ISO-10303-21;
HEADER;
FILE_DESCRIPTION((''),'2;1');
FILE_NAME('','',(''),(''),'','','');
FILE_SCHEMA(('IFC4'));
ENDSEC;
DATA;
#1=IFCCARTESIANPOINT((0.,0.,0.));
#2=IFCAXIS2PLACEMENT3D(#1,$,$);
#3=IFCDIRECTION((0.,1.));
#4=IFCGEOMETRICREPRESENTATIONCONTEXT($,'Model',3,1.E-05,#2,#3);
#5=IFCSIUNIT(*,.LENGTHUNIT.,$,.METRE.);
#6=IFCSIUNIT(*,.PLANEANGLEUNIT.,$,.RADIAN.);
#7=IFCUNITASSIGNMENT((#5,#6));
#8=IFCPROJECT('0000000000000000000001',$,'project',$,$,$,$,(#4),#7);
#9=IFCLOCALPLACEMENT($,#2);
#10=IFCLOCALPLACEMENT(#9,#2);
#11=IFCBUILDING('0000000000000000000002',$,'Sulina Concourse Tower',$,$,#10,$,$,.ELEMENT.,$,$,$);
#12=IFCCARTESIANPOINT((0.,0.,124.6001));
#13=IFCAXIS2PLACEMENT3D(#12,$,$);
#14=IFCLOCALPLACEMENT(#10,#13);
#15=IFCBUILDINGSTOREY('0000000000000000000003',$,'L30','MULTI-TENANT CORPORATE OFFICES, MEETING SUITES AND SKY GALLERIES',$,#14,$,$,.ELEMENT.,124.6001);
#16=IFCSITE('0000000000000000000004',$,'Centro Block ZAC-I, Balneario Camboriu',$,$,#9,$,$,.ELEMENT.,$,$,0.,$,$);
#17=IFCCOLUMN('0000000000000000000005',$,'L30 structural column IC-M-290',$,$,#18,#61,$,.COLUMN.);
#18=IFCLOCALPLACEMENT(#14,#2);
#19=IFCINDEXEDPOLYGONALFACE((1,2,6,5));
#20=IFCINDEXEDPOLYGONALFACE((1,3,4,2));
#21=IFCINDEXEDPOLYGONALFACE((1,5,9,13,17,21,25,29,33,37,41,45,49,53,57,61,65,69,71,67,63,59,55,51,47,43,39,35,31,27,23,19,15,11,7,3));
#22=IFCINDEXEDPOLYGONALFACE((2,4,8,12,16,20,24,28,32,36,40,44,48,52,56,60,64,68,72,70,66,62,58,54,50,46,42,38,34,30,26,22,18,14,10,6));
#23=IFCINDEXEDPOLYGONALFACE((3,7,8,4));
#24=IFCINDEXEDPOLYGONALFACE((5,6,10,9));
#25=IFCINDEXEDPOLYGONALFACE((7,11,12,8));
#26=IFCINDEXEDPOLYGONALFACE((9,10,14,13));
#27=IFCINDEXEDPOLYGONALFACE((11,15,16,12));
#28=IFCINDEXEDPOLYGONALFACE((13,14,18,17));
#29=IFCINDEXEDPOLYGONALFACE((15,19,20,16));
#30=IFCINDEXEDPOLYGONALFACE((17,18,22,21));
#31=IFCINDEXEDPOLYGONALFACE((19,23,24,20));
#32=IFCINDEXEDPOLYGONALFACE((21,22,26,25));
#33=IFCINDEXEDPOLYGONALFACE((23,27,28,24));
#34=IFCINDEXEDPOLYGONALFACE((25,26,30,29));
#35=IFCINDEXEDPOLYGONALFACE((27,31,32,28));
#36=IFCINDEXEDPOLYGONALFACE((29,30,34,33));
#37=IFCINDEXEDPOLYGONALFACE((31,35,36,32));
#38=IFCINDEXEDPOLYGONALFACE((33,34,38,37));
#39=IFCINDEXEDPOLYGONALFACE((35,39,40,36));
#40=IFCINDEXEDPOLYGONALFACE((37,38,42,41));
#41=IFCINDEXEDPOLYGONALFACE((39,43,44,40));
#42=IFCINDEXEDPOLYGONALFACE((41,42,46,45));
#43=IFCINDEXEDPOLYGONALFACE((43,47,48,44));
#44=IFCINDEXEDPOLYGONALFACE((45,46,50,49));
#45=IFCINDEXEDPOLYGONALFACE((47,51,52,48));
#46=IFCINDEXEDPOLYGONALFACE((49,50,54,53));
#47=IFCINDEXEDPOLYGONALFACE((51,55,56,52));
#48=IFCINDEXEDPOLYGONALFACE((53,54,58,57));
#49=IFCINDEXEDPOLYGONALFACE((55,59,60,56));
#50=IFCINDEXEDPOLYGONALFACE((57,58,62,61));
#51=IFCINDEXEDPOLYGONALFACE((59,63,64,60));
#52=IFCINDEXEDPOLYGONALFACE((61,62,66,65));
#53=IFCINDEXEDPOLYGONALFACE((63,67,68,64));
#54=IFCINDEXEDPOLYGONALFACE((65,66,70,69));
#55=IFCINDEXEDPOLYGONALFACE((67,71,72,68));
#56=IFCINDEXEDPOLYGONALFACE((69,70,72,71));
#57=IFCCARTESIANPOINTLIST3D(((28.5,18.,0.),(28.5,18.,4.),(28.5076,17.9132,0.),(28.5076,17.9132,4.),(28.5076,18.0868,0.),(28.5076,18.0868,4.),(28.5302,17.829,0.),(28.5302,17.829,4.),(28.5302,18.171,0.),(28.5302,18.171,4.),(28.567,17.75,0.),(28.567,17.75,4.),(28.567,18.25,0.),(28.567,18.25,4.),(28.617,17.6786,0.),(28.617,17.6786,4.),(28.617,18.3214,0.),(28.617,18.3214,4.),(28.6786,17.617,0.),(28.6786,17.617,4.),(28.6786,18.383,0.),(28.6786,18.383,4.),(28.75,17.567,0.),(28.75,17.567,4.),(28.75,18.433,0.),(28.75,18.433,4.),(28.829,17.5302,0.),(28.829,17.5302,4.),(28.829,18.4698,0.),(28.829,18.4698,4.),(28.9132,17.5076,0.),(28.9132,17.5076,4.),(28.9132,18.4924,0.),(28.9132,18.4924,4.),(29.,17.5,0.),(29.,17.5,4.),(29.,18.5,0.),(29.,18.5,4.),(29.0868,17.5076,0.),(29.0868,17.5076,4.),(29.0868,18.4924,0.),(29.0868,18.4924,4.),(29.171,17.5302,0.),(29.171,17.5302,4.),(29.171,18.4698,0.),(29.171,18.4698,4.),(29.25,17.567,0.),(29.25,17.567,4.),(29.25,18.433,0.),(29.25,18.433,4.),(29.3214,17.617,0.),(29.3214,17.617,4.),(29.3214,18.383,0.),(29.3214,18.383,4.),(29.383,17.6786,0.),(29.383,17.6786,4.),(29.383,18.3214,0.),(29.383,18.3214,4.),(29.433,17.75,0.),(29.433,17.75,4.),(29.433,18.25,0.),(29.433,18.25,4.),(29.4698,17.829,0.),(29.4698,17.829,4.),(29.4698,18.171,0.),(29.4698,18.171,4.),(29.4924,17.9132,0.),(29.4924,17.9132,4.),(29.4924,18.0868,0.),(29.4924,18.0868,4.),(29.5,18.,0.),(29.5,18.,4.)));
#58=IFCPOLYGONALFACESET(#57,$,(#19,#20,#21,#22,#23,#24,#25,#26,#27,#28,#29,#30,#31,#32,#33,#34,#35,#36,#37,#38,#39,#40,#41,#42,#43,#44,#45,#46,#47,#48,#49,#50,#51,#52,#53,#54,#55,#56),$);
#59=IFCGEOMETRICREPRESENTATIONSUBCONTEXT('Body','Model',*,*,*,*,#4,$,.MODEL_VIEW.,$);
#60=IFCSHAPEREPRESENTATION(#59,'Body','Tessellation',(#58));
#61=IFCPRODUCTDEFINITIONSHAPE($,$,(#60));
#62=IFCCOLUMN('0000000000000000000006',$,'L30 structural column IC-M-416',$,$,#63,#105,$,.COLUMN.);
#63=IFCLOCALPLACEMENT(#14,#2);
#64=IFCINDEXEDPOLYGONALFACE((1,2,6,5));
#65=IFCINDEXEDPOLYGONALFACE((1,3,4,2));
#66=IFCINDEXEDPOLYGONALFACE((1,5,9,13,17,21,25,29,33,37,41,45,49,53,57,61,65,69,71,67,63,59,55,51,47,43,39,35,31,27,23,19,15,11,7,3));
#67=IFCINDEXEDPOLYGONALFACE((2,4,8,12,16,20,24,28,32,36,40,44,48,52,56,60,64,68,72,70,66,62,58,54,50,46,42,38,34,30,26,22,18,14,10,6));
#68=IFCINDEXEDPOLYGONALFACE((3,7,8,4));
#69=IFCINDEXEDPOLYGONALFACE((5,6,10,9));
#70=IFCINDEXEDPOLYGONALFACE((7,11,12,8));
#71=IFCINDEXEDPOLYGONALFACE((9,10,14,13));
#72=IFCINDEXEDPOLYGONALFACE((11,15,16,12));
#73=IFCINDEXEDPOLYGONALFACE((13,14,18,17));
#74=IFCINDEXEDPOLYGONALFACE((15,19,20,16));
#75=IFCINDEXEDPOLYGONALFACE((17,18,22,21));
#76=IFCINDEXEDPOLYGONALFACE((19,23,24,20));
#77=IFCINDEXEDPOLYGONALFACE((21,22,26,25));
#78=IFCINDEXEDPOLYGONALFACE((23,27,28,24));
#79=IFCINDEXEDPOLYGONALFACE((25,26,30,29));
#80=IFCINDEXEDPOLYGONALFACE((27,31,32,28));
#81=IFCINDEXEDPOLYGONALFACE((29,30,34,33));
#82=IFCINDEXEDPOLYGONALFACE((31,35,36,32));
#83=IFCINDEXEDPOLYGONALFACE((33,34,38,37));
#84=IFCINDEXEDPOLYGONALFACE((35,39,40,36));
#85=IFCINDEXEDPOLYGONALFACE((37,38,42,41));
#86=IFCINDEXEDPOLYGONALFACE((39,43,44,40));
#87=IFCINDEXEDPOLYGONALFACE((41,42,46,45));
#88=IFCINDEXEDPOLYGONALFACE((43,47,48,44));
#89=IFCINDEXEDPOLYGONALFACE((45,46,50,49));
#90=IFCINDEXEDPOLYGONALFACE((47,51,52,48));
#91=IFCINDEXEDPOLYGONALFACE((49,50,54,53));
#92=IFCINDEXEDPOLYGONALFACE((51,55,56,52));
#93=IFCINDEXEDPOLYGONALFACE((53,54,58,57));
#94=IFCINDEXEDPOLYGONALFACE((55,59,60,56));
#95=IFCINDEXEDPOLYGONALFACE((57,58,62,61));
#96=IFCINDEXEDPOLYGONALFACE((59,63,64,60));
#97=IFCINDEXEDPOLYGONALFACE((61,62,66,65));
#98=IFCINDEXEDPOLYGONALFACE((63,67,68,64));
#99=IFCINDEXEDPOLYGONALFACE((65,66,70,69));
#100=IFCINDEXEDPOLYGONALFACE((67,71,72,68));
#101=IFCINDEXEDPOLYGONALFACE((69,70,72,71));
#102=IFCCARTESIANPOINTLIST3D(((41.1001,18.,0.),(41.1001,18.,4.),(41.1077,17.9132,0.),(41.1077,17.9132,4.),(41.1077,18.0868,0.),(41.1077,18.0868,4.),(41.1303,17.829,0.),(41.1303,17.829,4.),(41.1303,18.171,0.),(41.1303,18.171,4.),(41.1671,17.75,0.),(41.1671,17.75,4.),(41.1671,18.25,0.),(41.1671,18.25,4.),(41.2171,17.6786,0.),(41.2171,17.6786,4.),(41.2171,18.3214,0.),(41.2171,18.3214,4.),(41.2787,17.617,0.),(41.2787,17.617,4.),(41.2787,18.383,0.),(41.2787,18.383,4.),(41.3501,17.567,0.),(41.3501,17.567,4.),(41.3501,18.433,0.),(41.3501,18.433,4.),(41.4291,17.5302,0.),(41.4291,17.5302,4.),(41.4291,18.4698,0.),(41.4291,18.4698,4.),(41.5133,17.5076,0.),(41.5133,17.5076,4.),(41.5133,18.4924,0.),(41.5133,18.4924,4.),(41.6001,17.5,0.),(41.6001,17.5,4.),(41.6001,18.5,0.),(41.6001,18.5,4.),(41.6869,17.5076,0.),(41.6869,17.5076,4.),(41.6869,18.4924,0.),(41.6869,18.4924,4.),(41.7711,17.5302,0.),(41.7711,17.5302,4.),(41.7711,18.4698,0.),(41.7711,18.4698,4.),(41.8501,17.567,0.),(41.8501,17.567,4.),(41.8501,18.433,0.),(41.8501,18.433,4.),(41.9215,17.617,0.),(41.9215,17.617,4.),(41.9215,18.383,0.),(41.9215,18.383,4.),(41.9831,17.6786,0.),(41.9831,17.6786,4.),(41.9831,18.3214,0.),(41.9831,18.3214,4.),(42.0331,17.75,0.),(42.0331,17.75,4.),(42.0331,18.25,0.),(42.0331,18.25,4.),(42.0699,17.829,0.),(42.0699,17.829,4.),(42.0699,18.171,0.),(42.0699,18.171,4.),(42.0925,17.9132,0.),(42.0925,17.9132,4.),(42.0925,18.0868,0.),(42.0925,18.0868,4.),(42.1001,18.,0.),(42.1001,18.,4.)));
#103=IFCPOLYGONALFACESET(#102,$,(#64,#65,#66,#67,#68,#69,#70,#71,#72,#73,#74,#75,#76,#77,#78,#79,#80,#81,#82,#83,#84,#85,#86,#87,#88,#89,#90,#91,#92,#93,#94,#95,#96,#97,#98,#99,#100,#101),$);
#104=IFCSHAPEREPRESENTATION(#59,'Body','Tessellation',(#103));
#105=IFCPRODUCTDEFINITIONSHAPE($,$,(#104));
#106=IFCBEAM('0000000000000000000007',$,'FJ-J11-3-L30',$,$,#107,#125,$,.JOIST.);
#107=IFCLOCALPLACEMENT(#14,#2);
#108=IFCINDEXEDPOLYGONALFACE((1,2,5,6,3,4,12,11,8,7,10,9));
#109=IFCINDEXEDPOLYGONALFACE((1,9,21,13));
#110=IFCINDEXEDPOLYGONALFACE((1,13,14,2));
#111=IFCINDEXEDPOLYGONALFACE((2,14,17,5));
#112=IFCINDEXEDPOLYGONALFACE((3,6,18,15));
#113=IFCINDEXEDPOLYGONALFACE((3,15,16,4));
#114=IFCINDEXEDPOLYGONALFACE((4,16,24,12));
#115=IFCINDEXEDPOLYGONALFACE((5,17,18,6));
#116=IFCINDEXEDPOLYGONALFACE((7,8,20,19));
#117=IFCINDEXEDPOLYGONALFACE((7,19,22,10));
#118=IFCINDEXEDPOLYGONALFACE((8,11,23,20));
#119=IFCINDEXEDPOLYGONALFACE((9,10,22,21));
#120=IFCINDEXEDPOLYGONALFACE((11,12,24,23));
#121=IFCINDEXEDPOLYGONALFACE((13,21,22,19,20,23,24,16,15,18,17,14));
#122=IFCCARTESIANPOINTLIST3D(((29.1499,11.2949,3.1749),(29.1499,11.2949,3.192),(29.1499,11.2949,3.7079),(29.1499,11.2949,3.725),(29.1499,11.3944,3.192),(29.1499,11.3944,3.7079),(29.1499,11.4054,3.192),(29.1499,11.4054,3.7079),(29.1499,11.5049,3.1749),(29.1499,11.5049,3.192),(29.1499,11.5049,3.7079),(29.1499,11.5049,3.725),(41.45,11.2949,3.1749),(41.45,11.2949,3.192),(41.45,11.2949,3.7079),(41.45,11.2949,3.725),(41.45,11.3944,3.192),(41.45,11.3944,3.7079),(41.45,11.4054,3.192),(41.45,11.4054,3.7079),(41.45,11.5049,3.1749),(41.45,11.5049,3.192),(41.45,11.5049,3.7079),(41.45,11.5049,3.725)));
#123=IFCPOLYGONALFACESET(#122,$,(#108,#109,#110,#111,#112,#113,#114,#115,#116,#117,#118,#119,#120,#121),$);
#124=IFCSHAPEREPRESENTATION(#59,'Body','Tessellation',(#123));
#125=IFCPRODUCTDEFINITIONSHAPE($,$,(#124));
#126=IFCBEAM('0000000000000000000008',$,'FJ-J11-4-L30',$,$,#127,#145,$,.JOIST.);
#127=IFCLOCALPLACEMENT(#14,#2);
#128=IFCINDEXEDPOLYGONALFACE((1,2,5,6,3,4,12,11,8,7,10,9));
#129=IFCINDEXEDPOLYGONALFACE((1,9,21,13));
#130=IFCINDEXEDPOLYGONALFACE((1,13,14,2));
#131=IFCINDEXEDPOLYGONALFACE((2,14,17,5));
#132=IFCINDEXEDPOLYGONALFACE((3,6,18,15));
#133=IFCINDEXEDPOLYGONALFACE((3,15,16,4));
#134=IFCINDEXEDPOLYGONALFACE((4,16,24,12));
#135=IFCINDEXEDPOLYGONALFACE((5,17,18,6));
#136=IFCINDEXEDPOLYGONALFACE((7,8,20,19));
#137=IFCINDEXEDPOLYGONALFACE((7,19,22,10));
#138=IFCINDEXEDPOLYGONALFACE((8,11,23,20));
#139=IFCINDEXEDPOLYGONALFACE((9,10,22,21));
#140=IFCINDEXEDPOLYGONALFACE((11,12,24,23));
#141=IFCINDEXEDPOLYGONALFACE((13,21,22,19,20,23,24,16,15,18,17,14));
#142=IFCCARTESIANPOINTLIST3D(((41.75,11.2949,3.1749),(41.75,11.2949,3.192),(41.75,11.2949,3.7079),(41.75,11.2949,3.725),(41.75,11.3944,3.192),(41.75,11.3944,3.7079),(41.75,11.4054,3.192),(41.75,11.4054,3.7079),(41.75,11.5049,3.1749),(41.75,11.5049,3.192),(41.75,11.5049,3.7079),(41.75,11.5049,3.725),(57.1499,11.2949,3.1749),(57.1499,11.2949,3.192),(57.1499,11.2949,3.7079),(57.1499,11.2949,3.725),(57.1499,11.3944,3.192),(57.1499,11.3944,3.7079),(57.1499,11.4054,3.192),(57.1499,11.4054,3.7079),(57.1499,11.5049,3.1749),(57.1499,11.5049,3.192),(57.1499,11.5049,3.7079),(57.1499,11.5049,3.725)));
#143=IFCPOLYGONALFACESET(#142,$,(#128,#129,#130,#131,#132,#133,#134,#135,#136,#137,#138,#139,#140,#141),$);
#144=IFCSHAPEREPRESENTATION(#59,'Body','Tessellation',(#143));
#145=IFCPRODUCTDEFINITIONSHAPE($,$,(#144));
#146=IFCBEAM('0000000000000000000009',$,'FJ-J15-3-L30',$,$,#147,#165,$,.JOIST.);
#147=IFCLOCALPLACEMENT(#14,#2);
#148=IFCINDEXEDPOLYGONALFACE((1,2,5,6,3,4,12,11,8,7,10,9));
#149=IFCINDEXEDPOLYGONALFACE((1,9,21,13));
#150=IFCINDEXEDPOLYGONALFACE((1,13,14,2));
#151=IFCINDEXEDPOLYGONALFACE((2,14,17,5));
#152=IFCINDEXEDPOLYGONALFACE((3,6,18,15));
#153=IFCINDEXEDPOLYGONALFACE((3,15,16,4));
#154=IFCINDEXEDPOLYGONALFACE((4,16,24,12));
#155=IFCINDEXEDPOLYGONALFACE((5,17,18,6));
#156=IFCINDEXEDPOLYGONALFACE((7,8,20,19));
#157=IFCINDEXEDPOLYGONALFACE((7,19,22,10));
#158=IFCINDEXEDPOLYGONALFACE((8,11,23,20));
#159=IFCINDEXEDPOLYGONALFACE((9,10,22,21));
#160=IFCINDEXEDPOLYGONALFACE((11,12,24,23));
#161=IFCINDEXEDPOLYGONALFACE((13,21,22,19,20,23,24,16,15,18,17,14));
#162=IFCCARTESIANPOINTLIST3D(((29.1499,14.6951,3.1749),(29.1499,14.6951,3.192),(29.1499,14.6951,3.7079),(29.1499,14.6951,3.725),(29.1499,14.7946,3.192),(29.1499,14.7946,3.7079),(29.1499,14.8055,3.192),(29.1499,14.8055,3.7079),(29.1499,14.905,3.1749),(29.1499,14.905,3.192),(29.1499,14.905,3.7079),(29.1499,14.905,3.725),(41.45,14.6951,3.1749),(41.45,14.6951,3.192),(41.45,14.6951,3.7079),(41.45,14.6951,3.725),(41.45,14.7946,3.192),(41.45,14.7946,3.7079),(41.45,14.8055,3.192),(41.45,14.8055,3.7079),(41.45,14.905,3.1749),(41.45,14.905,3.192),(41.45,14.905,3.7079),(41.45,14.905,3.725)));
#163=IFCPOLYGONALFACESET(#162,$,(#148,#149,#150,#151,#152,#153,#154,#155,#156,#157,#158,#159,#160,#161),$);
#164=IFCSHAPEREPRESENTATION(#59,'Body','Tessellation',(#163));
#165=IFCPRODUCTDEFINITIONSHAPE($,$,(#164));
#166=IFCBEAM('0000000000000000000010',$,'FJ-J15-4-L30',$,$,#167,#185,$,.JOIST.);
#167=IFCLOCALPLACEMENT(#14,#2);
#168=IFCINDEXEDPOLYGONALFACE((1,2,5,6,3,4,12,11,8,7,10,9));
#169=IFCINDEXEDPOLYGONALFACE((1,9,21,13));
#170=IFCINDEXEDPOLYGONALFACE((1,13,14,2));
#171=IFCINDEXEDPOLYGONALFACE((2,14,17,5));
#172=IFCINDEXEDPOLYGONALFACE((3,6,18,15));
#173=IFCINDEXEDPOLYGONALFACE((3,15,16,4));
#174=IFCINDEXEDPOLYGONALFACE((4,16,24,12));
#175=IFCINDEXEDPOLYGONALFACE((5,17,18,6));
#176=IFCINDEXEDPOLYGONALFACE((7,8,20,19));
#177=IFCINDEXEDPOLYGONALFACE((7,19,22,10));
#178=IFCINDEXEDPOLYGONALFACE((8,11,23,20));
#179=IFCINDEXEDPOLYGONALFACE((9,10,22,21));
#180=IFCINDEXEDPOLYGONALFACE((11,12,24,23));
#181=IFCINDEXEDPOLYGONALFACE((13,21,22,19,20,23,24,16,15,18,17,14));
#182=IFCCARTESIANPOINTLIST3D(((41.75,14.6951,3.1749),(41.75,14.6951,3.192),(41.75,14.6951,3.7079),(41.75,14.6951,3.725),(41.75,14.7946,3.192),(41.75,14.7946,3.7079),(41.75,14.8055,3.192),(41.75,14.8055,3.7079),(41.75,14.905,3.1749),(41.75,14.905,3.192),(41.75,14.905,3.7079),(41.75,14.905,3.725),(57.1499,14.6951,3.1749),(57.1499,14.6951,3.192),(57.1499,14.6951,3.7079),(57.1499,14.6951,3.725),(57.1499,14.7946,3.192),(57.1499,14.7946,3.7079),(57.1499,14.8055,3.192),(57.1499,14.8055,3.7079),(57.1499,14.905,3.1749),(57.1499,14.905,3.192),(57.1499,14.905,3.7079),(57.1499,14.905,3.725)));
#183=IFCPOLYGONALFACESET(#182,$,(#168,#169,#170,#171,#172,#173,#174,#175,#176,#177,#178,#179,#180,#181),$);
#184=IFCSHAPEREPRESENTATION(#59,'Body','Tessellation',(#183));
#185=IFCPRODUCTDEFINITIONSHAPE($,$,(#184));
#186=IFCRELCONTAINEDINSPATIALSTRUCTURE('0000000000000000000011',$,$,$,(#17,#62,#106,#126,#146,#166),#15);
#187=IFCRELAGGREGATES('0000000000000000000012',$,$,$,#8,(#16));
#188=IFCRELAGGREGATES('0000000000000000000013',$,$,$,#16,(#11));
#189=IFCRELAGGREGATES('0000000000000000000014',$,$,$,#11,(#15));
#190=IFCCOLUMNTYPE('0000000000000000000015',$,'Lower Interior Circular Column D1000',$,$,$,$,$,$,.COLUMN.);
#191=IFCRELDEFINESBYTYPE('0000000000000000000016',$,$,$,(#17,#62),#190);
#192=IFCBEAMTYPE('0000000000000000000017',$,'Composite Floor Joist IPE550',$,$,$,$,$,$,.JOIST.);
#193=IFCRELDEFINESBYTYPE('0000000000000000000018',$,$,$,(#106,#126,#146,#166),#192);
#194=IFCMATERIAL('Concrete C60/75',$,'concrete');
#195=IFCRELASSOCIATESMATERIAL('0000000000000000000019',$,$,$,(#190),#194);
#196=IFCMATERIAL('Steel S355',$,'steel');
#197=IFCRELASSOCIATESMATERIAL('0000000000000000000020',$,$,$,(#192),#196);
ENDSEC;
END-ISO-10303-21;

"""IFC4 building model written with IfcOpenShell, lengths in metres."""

from ifc_helpers import new_model, si_unit, direction, frame, origin, origin_2d, place, context, subcontext, project, spatial, circle, i_section, extrude, material, material_profile, profile_set, type_object, element, save


model = new_model("IFC4")

# Units and contexts
model_context = context("Model", 3, precision=1e-05, world=origin(), true_north=direction((0.0, 1.0)))
body_context = subcontext(model_context, "Body", "Model", "MODEL_VIEW")
ifc_project = project(units=[si_unit("LENGTHUNIT", "METRE"), si_unit("PLANEANGLEUNIT", "RADIAN")], contexts=[model_context])

# Site, building, storey
site_placement = place(None, origin())
site = spatial("IfcSite", under=ifc_project, at=site_placement, Name="Centro Block ZAC-I, Balneario Camboriu", CompositionType="ELEMENT", RefElevation=0.0)
building_placement = place(site_placement, origin())
building = spatial("IfcBuilding", under=site, at=building_placement, Name="Sulina Concourse Tower", CompositionType="ELEMENT")
storey_placement = place(building_placement, frame((0.0, 0.0, 124.6001)))
storey = spatial("IfcBuildingStorey", under=building, at=storey_placement, Name="L30", Description="MULTI-TENANT CORPORATE OFFICES, MEETING SUITES AND SKY GALLERIES", CompositionType="ELEMENT", Elevation=124.6001)

# Columns
ifc_material_1 = material(Name="Concrete C60/75", Category="concrete")
ifc_material_profile_1 = material_profile(ifc_material_1, circle(Radius=0.5, at=origin_2d()), Name="RC D1000")
ifc_profile_set_1 = profile_set([ifc_material_profile_1], Name="Concrete C60/75")
column_type = type_object("IfcColumnType", Name="Lower Interior Circular Column D1000", PredefinedType="COLUMN", material=ifc_profile_set_1)
for number, where, z_axis, x_axis, name in (
    (1, (29.0, 18.0, 0.0), (0.0, 0.0, 1.0), (1.0, 0.0, 0.0), "L30 structural column IC-M-290"),
    (2, (41.6001, 18.0, 0.0), (0.0, 0.0, 1.0), (1.0, 0.0, 0.0), "L30 structural column IC-M-416"),
):
    element("IfcColumn", number, at=place(storey_placement, frame(where, z_axis=z_axis, x_axis=x_axis)), inside=storey, type_object=column_type, Name=name, PredefinedType="COLUMN", context=body_context, shape_type="SweptSolid", body=[
        extrude(circle(Radius=0.5, at=origin_2d()), origin(), (0.0, 0.0, 1.0), 4.0),
    ])

# Beams
ifc_material_2 = material(Name="Steel S355", Category="steel")
ifc_material_profile_2 = material_profile(ifc_material_2, i_section(OverallWidth=0.21, OverallDepth=0.55, WebThickness=0.011, FlangeThickness=0.0171, at=origin_2d()), Name="IPE 550")
ifc_profile_set_2 = profile_set([ifc_material_profile_2], Name="Steel S355")
beam_type_1 = type_object("IfcBeamType", Name="Composite Floor Joist IPE550", PredefinedType="JOIST", material=ifc_profile_set_2)
beam_1_placement = place(storey_placement, frame((29.1499, 11.3999, 3.45), z_axis=(1.0, 0.0, 0.0), x_axis=(0.0, 1.0, 0.0)))
element("IfcBeam", 3, at=beam_1_placement, inside=storey, type_object=beam_type_1, Name="FJ-J11-3-L30", PredefinedType="JOIST", context=body_context, shape_type="SweptSolid", body=[
    extrude(i_section(OverallWidth=0.21, OverallDepth=0.55, WebThickness=0.011, FlangeThickness=0.0171, at=origin_2d()), origin(), (0.0, 0.0, 1.0), 12.3),
])
beam_2_placement = place(storey_placement, frame((41.75, 11.3999, 3.45), z_axis=(1.0, 0.0, 0.0), x_axis=(0.0, 1.0, 0.0)))
element("IfcBeam", 4, at=beam_2_placement, inside=storey, type_object=beam_type_1, Name="FJ-J11-4-L30", PredefinedType="JOIST", context=body_context, shape_type="SweptSolid", body=[
    extrude(i_section(OverallWidth=0.21, OverallDepth=0.55, WebThickness=0.011, FlangeThickness=0.0171, at=origin_2d()), origin(), (0.0, 0.0, 1.0), 15.3999),
])
beam_3_placement = place(storey_placement, frame((29.1499, 14.8, 3.45), z_axis=(1.0, 0.0, 0.0), x_axis=(0.0, 1.0, 0.0)))
element("IfcBeam", 5, at=beam_3_placement, inside=storey, type_object=beam_type_1, Name="FJ-J15-3-L30", PredefinedType="JOIST", context=body_context, shape_type="SweptSolid", body=[
    extrude(i_section(OverallWidth=0.21, OverallDepth=0.55, WebThickness=0.011, FlangeThickness=0.0171, at=origin_2d()), origin(), (0.0, 0.0, 1.0), 12.3),
])
beam_4_placement = place(storey_placement, frame((41.75, 14.8, 3.45), z_axis=(1.0, 0.0, 0.0), x_axis=(0.0, 1.0, 0.0)))
element("IfcBeam", 6, at=beam_4_placement, inside=storey, type_object=beam_type_1, Name="FJ-J15-4-L30", PredefinedType="JOIST", context=body_context, shape_type="SweptSolid", body=[
    extrude(i_section(OverallWidth=0.21, OverallDepth=0.55, WebThickness=0.011, FlangeThickness=0.0171, at=origin_2d()), origin(), (0.0, 0.0, 1.0), 15.3999),
])

save(model, "model.ifc")
